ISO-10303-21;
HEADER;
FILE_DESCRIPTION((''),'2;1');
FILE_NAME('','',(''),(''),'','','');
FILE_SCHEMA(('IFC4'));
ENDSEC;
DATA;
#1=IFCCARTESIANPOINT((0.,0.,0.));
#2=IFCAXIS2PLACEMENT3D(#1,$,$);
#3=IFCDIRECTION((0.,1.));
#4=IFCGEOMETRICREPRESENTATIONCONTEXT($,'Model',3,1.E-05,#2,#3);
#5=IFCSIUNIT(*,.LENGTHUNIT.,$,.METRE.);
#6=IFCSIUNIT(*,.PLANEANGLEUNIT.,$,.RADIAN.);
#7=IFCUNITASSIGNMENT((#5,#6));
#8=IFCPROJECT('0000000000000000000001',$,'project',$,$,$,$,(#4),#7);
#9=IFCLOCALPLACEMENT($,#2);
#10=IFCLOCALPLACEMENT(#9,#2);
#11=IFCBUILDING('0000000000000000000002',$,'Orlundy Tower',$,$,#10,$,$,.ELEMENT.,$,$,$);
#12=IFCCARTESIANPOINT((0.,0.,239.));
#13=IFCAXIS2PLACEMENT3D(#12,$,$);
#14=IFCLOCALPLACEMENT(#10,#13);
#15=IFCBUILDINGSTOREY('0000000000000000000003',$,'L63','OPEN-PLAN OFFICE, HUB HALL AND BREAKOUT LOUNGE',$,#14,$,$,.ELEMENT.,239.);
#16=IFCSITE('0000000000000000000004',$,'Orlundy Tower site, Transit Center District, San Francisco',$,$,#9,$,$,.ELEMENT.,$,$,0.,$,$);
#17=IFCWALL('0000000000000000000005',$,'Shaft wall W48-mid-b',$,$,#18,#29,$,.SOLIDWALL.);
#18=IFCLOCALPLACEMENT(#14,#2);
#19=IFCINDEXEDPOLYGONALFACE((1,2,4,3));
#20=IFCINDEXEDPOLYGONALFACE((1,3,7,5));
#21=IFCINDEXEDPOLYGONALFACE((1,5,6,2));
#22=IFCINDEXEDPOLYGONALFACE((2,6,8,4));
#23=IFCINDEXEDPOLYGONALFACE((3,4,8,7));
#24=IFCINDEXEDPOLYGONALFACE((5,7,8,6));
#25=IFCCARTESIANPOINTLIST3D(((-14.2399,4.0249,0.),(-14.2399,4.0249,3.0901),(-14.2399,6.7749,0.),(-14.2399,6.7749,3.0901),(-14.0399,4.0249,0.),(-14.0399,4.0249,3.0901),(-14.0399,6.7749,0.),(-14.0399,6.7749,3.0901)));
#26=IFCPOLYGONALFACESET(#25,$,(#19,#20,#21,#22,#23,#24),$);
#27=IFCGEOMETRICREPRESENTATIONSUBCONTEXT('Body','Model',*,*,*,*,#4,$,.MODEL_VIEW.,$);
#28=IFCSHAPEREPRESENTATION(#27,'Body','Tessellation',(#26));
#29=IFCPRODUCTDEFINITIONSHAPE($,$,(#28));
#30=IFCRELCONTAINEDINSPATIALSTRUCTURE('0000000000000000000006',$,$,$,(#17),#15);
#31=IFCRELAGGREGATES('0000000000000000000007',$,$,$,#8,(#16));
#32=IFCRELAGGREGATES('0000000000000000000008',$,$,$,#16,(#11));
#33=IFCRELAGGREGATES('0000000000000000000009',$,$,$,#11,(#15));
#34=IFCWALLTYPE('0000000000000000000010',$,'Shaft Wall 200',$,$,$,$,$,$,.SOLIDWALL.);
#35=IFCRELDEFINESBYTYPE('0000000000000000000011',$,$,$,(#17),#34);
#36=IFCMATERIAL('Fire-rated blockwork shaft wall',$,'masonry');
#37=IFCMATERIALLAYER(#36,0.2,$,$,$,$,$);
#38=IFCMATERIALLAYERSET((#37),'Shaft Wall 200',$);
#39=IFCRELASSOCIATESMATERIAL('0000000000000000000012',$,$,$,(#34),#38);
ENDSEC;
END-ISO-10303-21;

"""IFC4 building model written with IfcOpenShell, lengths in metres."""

from ifc_helpers import new_model, si_unit, direction, frame, frame_2d, origin, place, context, subcontext, project, spatial, rectangle, extrude, material, layer, layer_set, type_object, element, save


model = new_model("IFC4")

# Units and contexts
model_context = context("Model", 3, precision=1e-05, world=origin(), true_north=direction((0.0, 1.0)))
body_context = subcontext(model_context, "Body", "Model", "MODEL_VIEW")
ifc_project = project(units=[si_unit("LENGTHUNIT", "METRE"), si_unit("PLANEANGLEUNIT", "RADIAN")], contexts=[model_context])

# Site, building, storey
site_placement = place(None, origin())
site = spatial("IfcSite", under=ifc_project, at=site_placement, Name="Orlundy Tower site, Transit Center District, San Francisco", CompositionType="ELEMENT", RefElevation=0.0)
building_placement = place(site_placement, origin())
building = spatial("IfcBuilding", under=site, at=building_placement, Name="Orlundy Tower", CompositionType="ELEMENT")
storey_placement = place(building_placement, frame((0.0, 0.0, 239.0)))
storey = spatial("IfcBuildingStorey", under=building, at=storey_placement, Name="L63", Description="OPEN-PLAN OFFICE, HUB HALL AND BREAKOUT LOUNGE", CompositionType="ELEMENT", Elevation=239.0)

# Wall
ifc_material_1 = material(Name="Fire-rated blockwork shaft wall", Category="masonry")
ifc_layer_1 = layer(ifc_material_1, 0.2)
ifc_layer_set_1 = layer_set([ifc_layer_1], Name="Shaft Wall 200")
wall_type_1 = type_object("IfcWallType", Name="Shaft Wall 200", PredefinedType="SOLIDWALL", material=ifc_layer_set_1)
wall_1_placement = place(storey_placement, frame((-14.1399, 4.0249, 0.0), z_axis=(0.0, 0.0, 1.0), x_axis=(0.0, 1.0, 0.0)))
element("IfcWall", 1, at=wall_1_placement, inside=storey, type_object=wall_type_1, Name="Shaft wall W48-mid-b", PredefinedType="SOLIDWALL", context=body_context, shape_type="SweptSolid", body=[
    extrude(rectangle(XDim=2.75, YDim=0.2, at=frame_2d((1.375, 0.0))), origin(), (0.0, 0.0, 1.0), 3.0901),
])

save(model, "model.ifc")
